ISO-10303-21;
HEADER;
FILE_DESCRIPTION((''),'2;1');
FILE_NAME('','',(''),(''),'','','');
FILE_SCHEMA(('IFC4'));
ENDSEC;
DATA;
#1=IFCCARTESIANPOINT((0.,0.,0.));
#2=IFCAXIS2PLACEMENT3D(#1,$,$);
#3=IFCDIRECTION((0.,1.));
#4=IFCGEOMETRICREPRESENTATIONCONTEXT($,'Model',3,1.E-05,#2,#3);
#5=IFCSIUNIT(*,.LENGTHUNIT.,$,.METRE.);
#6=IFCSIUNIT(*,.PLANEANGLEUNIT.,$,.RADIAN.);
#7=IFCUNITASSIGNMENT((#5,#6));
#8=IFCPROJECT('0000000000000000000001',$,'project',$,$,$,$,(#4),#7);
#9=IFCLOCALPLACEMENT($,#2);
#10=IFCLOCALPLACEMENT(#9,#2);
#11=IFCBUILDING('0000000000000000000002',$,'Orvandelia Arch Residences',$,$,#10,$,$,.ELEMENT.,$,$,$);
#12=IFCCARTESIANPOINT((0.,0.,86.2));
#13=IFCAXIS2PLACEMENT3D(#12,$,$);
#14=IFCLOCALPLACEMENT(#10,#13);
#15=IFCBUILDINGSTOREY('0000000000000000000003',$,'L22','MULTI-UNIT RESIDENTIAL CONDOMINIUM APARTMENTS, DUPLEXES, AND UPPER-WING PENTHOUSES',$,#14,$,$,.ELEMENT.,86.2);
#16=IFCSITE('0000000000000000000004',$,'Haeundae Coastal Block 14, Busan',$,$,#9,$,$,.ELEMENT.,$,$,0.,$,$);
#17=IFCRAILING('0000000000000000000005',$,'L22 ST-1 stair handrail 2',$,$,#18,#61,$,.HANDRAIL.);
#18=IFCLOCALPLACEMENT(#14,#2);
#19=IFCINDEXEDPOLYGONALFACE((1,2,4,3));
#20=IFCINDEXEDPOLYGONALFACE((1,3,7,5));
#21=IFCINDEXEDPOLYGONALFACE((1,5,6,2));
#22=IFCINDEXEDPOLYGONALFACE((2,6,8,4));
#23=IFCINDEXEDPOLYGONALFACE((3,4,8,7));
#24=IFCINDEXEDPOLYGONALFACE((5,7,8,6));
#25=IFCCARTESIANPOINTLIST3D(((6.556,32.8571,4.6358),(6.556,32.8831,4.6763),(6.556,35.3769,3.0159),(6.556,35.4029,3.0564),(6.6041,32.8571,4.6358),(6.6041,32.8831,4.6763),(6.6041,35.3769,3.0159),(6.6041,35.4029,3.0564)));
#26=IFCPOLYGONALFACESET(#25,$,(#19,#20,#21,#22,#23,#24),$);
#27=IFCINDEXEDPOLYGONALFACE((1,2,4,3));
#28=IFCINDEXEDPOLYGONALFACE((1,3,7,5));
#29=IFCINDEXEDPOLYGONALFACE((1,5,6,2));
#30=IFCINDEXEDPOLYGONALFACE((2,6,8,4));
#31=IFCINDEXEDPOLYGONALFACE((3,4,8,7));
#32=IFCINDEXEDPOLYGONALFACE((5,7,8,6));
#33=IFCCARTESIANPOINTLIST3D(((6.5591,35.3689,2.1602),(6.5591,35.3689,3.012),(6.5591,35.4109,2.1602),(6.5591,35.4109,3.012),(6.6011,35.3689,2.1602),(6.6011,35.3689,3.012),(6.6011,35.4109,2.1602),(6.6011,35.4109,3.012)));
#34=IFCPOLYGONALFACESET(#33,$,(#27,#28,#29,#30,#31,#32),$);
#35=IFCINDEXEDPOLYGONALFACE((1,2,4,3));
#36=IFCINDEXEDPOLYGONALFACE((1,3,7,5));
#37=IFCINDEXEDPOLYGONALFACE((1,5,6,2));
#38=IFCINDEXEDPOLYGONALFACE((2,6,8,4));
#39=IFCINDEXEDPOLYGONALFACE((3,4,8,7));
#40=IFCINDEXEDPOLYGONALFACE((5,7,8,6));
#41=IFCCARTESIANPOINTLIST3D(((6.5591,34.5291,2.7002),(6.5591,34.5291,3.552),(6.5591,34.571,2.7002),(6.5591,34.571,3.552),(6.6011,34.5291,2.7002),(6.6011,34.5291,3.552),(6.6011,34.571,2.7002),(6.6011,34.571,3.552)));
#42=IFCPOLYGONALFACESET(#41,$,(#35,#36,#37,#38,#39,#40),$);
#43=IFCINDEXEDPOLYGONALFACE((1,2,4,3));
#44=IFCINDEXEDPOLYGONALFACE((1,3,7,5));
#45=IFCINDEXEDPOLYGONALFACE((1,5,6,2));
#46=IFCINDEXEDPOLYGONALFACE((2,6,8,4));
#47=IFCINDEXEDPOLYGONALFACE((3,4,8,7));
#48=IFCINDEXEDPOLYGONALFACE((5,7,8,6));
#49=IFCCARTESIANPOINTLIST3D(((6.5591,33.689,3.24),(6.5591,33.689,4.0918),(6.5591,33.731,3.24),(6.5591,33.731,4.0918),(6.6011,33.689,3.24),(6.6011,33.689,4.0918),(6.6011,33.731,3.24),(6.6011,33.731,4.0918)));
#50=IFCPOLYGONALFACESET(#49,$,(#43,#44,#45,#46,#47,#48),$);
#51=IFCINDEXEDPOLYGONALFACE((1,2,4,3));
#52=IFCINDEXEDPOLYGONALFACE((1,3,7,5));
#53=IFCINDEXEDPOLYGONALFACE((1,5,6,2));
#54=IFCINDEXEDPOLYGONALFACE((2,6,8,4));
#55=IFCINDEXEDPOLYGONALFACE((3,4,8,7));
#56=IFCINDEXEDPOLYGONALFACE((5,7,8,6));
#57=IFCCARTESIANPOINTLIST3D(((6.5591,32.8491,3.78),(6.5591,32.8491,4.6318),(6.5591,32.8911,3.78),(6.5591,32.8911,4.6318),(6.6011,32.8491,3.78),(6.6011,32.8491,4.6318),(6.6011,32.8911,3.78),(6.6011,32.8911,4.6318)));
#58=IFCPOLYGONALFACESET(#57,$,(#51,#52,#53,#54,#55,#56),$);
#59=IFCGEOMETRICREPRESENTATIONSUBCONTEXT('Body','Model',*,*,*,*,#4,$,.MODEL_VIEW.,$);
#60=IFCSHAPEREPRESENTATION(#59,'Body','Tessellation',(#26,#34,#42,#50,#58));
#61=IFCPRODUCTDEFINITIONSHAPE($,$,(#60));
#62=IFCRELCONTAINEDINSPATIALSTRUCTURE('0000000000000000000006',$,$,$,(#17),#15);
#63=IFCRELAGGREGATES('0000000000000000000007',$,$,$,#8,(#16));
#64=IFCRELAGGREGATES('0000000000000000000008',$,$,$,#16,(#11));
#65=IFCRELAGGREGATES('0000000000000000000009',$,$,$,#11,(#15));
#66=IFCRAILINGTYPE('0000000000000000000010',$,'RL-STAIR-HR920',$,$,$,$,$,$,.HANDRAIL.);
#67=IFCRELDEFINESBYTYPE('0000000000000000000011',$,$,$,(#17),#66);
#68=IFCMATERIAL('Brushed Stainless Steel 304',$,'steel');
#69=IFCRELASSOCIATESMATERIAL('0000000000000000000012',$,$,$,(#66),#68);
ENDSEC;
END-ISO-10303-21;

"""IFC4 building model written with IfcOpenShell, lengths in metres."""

from ifc_helpers import new_model, si_unit, direction, frame, origin, origin_2d, place, context, subcontext, project, spatial, rectangle, extrude, material, type_object, element, save


model = new_model("IFC4")

# Units and contexts
model_context = context("Model", 3, precision=1e-05, world=origin(), true_north=direction((0.0, 1.0)))
body_context = subcontext(model_context, "Body", "Model", "MODEL_VIEW")
ifc_project = project(units=[si_unit("LENGTHUNIT", "METRE"), si_unit("PLANEANGLEUNIT", "RADIAN")], contexts=[model_context])

# Site, building, storey
site_placement = place(None, origin())
site = spatial("IfcSite", under=ifc_project, at=site_placement, Name="Haeundae Coastal Block 14, Busan", CompositionType="ELEMENT", RefElevation=0.0)
building_placement = place(site_placement, origin())
building = spatial("IfcBuilding", under=site, at=building_placement, Name="Orvandelia Arch Residences", CompositionType="ELEMENT")
storey_placement = place(building_placement, frame((0.0, 0.0, 86.2)))
storey = spatial("IfcBuildingStorey", under=building, at=storey_placement, Name="L22", Description="MULTI-UNIT RESIDENTIAL CONDOMINIUM APARTMENTS, DUPLEXES, AND UPPER-WING PENTHOUSES", CompositionType="ELEMENT", Elevation=86.2)

# Railing
ifc_material_1 = material(Name="Brushed Stainless Steel 304", Category="steel")
railing_type_1 = type_object("IfcRailingType", Name="RL-STAIR-HR920", PredefinedType="HANDRAIL", material=ifc_material_1)
railing_1_placement = place(storey_placement, frame((6.5801, 35.3899, 2.1602)))
element("IfcRailing", 1, at=railing_1_placement, inside=storey, type_object=railing_type_1, Name="L22 ST-1 stair handrail 2", PredefinedType="HANDRAIL", context=body_context, shape_type="SweptSolid", body=[
    extrude(rectangle(XDim=0.0481, YDim=0.0481, at=origin_2d()), frame((0.0, 0.0, 0.876), z_axis=(0.0, -0.841176, 0.540762), x_axis=(1.0, 0.0, 0.0)), (0.0, 0.0, 1.0), 2.9956),
    extrude(rectangle(XDim=0.042, YDim=0.042, at=origin_2d()), origin(), (0.0, 0.0, 1.0), 0.8518),
    extrude(rectangle(XDim=0.042, YDim=0.042, at=origin_2d()), frame((0.0, -0.8398, 0.54)), (0.0, 0.0, 1.0), 0.8518),
    extrude(rectangle(XDim=0.042, YDim=0.042, at=origin_2d()), frame((0.0, -1.6799, 1.0798)), (0.0, 0.0, 1.0), 0.8518),
    extrude(rectangle(XDim=0.042, YDim=0.042, at=origin_2d()), frame((0.0, -2.5198, 1.6199)), (0.0, 0.0, 1.0), 0.8518),
])

save(model, "model.ifc")
